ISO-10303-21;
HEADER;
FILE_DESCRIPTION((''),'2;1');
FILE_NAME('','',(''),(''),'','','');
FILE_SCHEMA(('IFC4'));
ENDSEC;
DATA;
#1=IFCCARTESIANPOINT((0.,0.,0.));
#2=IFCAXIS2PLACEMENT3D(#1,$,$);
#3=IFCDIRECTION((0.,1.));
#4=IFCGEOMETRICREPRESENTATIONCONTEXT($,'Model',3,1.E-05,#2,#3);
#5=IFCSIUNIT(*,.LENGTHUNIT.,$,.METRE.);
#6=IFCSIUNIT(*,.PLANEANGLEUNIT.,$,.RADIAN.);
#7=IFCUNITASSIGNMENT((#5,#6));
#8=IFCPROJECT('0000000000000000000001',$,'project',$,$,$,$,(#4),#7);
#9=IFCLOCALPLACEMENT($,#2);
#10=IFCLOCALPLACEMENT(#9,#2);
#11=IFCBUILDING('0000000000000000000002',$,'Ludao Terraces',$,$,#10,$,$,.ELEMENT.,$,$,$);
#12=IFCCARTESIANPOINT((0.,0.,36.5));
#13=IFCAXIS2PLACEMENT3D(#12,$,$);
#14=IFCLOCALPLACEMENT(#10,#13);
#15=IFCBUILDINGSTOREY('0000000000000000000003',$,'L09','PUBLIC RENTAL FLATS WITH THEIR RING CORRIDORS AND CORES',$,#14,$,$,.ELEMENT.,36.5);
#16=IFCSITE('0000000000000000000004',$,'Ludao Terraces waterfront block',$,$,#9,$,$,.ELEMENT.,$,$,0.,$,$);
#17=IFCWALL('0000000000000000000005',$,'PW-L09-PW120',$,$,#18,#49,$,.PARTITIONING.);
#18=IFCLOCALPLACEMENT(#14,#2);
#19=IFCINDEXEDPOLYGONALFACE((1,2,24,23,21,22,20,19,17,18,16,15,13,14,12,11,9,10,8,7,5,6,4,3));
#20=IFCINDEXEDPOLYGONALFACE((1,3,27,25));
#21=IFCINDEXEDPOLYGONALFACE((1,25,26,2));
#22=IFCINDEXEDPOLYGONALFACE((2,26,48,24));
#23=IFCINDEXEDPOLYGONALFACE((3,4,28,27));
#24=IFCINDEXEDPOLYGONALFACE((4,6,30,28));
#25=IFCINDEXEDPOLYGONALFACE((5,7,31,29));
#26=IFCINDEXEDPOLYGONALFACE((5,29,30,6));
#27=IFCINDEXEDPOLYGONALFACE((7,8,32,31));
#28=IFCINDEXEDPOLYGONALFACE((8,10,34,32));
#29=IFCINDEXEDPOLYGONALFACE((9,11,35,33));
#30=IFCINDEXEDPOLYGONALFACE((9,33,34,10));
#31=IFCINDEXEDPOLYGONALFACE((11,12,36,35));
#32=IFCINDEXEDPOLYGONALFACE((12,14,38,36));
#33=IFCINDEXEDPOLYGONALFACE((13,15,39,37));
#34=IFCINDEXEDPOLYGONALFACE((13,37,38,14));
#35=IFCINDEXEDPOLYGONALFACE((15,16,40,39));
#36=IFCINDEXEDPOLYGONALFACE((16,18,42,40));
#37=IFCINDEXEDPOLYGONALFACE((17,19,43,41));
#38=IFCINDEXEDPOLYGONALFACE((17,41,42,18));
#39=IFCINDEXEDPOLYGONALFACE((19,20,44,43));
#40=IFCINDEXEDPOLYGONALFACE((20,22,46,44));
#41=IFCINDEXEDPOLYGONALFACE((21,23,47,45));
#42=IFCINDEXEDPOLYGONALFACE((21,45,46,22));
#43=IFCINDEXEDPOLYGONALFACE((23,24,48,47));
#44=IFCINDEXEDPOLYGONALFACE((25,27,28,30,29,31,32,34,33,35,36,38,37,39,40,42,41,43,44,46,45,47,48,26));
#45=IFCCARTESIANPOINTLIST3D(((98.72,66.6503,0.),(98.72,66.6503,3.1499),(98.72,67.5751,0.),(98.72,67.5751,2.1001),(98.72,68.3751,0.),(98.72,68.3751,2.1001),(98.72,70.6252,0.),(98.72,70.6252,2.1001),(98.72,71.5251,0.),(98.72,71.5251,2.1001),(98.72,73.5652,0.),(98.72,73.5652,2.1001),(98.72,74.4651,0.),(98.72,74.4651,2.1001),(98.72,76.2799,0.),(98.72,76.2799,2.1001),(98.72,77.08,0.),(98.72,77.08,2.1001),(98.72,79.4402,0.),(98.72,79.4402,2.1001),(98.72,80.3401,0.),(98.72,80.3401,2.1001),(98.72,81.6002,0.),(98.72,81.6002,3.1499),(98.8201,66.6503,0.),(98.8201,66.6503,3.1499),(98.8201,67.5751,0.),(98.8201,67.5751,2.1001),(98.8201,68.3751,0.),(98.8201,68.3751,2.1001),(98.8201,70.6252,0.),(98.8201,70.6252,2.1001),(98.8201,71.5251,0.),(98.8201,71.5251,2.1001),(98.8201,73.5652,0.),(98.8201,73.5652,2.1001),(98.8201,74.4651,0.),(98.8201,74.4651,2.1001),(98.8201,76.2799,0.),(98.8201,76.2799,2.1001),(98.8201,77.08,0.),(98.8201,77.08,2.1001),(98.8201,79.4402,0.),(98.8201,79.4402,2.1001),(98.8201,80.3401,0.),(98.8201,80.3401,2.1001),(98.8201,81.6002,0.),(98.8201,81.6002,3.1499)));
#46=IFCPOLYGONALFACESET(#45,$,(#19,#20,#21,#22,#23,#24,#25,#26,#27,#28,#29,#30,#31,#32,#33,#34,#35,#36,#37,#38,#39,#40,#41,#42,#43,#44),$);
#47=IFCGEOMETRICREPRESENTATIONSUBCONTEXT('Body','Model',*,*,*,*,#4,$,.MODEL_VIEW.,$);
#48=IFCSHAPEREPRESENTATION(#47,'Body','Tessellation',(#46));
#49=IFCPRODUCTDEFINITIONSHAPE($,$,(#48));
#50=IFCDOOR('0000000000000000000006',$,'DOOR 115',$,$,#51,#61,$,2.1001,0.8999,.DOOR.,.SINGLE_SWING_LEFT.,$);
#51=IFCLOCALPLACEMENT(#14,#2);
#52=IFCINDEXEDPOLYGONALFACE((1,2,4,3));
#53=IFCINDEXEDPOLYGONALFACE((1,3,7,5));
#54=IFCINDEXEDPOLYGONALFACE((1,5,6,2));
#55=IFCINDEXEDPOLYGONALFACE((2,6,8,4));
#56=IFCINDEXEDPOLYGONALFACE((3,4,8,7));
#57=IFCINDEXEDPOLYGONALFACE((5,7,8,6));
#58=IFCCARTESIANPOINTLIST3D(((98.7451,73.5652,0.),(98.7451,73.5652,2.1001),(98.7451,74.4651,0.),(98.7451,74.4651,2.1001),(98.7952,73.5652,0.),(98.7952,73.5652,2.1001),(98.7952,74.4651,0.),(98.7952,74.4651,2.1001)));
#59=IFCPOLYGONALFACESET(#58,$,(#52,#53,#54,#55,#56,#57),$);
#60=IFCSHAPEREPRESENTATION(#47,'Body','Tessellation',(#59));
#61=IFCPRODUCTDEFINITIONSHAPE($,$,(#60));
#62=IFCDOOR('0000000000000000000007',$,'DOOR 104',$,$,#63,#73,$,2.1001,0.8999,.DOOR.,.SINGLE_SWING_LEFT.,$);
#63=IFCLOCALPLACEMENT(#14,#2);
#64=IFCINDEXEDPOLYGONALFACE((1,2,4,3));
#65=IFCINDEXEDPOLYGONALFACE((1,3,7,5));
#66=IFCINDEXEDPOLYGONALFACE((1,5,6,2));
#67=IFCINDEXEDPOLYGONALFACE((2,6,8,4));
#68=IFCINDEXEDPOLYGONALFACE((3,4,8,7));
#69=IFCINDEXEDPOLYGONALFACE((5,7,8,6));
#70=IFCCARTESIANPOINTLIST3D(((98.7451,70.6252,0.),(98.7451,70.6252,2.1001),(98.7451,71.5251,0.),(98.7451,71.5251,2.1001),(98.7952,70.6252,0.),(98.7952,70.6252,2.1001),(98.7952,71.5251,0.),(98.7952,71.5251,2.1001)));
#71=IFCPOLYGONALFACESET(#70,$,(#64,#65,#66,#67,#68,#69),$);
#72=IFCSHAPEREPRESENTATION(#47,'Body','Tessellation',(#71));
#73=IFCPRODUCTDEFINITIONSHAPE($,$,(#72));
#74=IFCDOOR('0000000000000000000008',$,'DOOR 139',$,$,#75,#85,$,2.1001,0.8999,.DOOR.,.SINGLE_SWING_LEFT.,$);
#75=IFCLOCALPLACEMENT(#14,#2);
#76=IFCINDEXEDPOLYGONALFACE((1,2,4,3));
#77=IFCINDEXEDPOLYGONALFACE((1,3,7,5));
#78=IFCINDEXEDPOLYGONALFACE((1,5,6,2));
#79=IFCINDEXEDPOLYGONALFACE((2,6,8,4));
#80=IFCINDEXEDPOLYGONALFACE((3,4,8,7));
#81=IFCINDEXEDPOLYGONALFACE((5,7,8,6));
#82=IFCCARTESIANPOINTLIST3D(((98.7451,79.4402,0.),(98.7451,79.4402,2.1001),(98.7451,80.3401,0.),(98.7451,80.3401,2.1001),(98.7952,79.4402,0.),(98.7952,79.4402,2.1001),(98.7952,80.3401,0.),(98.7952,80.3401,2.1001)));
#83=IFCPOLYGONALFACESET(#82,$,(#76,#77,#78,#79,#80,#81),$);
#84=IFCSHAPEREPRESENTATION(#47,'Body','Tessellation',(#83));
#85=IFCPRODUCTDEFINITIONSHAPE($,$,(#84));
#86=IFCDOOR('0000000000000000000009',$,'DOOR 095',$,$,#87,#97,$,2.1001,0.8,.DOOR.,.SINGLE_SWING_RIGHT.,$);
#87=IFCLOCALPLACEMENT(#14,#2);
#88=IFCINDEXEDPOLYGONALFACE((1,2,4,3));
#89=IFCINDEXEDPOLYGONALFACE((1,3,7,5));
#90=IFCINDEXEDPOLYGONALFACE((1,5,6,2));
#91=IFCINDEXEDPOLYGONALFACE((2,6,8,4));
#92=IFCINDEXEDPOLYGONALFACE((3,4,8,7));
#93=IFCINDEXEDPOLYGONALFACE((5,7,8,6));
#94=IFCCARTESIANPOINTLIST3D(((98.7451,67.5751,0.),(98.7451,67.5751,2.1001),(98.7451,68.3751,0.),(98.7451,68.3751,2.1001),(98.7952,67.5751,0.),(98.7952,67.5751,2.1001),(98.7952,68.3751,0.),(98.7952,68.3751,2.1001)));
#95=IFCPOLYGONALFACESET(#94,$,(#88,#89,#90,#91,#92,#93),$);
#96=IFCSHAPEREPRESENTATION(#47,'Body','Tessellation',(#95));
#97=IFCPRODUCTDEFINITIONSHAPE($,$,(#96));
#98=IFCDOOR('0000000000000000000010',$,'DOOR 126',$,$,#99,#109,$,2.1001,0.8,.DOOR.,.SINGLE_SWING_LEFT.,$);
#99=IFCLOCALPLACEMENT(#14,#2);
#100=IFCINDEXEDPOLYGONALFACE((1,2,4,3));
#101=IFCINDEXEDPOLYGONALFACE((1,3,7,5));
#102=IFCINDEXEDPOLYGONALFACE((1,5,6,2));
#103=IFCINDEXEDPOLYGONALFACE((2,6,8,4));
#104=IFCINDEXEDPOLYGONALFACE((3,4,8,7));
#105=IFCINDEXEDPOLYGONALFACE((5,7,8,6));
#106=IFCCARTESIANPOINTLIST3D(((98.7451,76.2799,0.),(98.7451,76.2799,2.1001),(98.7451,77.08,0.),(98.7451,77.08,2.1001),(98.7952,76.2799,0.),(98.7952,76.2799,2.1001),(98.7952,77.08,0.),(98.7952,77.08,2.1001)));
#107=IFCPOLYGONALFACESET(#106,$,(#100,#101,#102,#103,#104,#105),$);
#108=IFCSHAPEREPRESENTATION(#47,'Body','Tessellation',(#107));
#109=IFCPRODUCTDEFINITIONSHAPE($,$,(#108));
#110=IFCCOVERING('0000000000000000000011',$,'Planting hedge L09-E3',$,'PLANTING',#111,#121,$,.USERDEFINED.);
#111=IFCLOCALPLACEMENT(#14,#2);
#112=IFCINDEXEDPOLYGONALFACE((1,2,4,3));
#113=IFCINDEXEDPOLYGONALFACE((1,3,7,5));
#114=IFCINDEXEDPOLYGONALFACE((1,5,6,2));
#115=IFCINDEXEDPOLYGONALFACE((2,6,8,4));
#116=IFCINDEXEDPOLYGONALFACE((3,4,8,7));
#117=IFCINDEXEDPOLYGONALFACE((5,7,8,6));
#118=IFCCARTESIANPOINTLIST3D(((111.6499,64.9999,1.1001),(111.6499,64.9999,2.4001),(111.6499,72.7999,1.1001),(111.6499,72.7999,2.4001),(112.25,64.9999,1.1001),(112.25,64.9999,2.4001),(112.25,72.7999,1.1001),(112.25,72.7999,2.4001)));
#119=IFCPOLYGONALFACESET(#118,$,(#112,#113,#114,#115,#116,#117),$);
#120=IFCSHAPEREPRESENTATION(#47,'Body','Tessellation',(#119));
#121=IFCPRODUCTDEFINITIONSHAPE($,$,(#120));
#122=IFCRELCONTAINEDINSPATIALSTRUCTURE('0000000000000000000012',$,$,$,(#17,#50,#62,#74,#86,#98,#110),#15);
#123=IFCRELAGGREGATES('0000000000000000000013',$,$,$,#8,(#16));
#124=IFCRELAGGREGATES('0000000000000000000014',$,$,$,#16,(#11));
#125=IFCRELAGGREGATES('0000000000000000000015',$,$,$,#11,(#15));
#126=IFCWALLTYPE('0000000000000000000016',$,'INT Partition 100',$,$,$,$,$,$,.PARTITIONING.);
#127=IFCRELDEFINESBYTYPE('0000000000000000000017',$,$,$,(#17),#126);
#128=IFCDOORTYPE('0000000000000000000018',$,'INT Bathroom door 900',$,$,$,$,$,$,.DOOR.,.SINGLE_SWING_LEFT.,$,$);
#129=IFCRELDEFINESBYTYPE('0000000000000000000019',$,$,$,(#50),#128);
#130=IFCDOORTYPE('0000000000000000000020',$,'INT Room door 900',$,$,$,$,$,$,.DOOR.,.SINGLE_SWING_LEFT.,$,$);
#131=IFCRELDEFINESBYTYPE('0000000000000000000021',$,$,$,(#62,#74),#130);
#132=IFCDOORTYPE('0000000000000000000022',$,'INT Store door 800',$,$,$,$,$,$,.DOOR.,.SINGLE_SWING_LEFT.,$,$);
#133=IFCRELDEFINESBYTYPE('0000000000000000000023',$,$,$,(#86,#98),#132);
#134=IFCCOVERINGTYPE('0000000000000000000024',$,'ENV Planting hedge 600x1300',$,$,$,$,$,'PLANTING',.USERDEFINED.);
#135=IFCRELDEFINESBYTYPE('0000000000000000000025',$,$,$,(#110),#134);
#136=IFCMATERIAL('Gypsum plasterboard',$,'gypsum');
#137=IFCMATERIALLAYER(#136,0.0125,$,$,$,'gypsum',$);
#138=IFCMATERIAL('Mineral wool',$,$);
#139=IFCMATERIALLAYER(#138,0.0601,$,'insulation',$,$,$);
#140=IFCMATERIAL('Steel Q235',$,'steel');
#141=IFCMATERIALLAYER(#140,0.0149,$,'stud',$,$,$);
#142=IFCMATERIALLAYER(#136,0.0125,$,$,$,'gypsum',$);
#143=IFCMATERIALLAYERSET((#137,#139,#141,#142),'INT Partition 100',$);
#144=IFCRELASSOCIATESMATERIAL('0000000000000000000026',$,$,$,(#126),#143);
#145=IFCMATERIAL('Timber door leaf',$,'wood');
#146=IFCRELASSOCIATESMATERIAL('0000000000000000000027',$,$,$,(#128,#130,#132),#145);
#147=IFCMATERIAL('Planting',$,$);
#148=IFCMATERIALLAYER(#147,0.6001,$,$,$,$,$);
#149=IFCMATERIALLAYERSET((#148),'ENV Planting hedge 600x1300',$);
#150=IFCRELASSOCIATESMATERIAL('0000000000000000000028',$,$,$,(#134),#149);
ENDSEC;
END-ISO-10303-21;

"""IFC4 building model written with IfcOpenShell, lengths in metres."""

from ifc_helpers import new_model, si_unit, direction, frame, frame_2d, origin, origin_2d, place, context, subcontext, project, spatial, rectangle, extrude, material, layer, layer_set, type_object, element, fill, save


model = new_model("IFC4")

# Units and contexts
model_context = context("Model", 3, precision=1e-05, world=origin(), true_north=direction((0.0, 1.0)))
body_context = subcontext(model_context, "Body", "Model", "MODEL_VIEW")
ifc_project = project(units=[si_unit("LENGTHUNIT", "METRE"), si_unit("PLANEANGLEUNIT", "RADIAN")], contexts=[model_context])

# Site, building, storey
site_placement = place(None, origin())
site = spatial("IfcSite", under=ifc_project, at=site_placement, Name="Ludao Terraces waterfront block", CompositionType="ELEMENT", RefElevation=0.0)
building_placement = place(site_placement, origin())
building = spatial("IfcBuilding", under=site, at=building_placement, Name="Ludao Terraces", CompositionType="ELEMENT")
storey_placement = place(building_placement, frame((0.0, 0.0, 36.5)))
storey = spatial("IfcBuildingStorey", under=building, at=storey_placement, Name="L09", Description="PUBLIC RENTAL FLATS WITH THEIR RING CORRIDORS AND CORES", CompositionType="ELEMENT", Elevation=36.5)

# Shared definitions
ifc_material_1 = material(Name="Mineral wool")

# Shared definitions
ifc_material_2 = material(Name="Gypsum plasterboard", Category="gypsum")
ifc_layer_1 = layer(ifc_material_2, 0.0125, Category="gypsum")
ifc_layer_2 = layer(ifc_material_1, 0.0601, Name="insulation")
ifc_material_3 = material(Name="Steel Q235", Category="steel")
ifc_layer_3 = layer(ifc_material_3, 0.0149, Name="stud")
ifc_layer_4 = layer(ifc_material_2, 0.0125, Category="gypsum")
ifc_layer_set_1 = layer_set([ifc_layer_1, ifc_layer_2, ifc_layer_3, ifc_layer_4], Name="INT Partition 100")
wall_type_1 = type_object("IfcWallType", Name="INT Partition 100", PredefinedType="PARTITIONING", material=ifc_layer_set_1)

# Wall, openings, doors
wall_1_placement = place(storey_placement, frame((98.77, 66.6501, 0.0), z_axis=(0.0, 0.0, 1.0), x_axis=(0.0, 1.0, 0.0)))
wall_1 = element("IfcWall", 1, at=wall_1_placement, inside=storey, type_object=wall_type_1, Name="PW-L09-PW120", PredefinedType="PARTITIONING", context=body_context, shape_type="SweptSolid", body=[
    extrude(rectangle(XDim=14.95, YDim=0.1001, at=frame_2d((7.4751, 0.0))), origin(), (0.0, 0.0, 1.0), 3.1499),
])
opening_1_placement = place(wall_1_placement, frame((0.925, 0.0, 0.0)))
opening_1 = element("IfcOpeningElement", 2, at=opening_1_placement, cuts=wall_1, PredefinedType="OPENING", context=body_context, shape_type="SweptSolid", body=[
    extrude(rectangle(XDim=0.8, YDim=2.1001, at=frame_2d((0.3999, 1.05))), frame((0.0, 0.0601, 0.0), z_axis=(0.0, -1.0, 0.0), x_axis=(1.0, 0.0, 0.0)), (0.0, 0.0, 1.0), 0.1201),
])
opening_2_placement = place(wall_1_placement, frame((3.9751, 0.0, 0.0)))
opening_2 = element("IfcOpeningElement", 3, at=opening_2_placement, cuts=wall_1, PredefinedType="OPENING", context=body_context, shape_type="SweptSolid", body=[
    extrude(rectangle(XDim=0.8999, YDim=2.1001, at=frame_2d((0.45, 1.05))), frame((0.0, 0.0601, 0.0), z_axis=(0.0, -1.0, 0.0), x_axis=(1.0, 0.0, 0.0)), (0.0, 0.0, 1.0), 0.1201),
])
opening_3_placement = place(wall_1_placement, frame((6.915, 0.0, 0.0)))
opening_3 = element("IfcOpeningElement", 4, at=opening_3_placement, cuts=wall_1, PredefinedType="OPENING", context=body_context, shape_type="SweptSolid", body=[
    extrude(rectangle(XDim=0.8999, YDim=2.1001, at=frame_2d((0.45, 1.05))), frame((0.0, 0.0601, 0.0), z_axis=(0.0, -1.0, 0.0), x_axis=(1.0, 0.0, 0.0)), (0.0, 0.0, 1.0), 0.1201),
])
opening_4_placement = place(wall_1_placement, frame((9.6299, 0.0, 0.0)))
opening_4 = element("IfcOpeningElement", 5, at=opening_4_placement, cuts=wall_1, PredefinedType="OPENING", context=body_context, shape_type="SweptSolid", body=[
    extrude(rectangle(XDim=0.8, YDim=2.1001, at=frame_2d((0.3999, 1.05))), frame((0.0, 0.0601, 0.0), z_axis=(0.0, -1.0, 0.0), x_axis=(1.0, 0.0, 0.0)), (0.0, 0.0, 1.0), 0.1201),
])
opening_5_placement = place(wall_1_placement, frame((12.79, 0.0, 0.0)))
opening_5 = element("IfcOpeningElement", 6, at=opening_5_placement, cuts=wall_1, PredefinedType="OPENING", context=body_context, shape_type="SweptSolid", body=[
    extrude(rectangle(XDim=0.8999, YDim=2.1001, at=frame_2d((0.45, 1.05))), frame((0.0, 0.0601, 0.0), z_axis=(0.0, -1.0, 0.0), x_axis=(1.0, 0.0, 0.0)), (0.0, 0.0, 1.0), 0.1201),
])
ifc_material_4 = material(Name="Timber door leaf", Category="wood")
door_type_1 = type_object("IfcDoorType", Name="INT Bathroom door 900", OperationType="SINGLE_SWING_LEFT", PredefinedType="DOOR", material=ifc_material_4)
door_1_placement = place(opening_3_placement, origin())
door_1 = element("IfcDoor", 7, at=door_1_placement, inside=storey, type_object=door_type_1, Name="DOOR 115", OperationType="SINGLE_SWING_LEFT", OverallHeight=2.1001, OverallWidth=0.8999, PredefinedType="DOOR", context=body_context, shape_type="SweptSolid", body=[
    extrude(rectangle(XDim=0.8999, YDim=2.1001, at=frame_2d((0.45, 1.05))), frame((0.0, 0.0249, 0.0), z_axis=(0.0, -1.0, 0.0), x_axis=(1.0, 0.0, 0.0)), (0.0, 0.0, 1.0), 0.05),
])
fill(opening_3, door_1)
door_type_2 = type_object("IfcDoorType", Name="INT Room door 900", OperationType="SINGLE_SWING_LEFT", PredefinedType="DOOR", material=ifc_material_4)
door_2_placement = place(opening_2_placement, origin())
door_2 = element("IfcDoor", 8, at=door_2_placement, inside=storey, type_object=door_type_2, Name="DOOR 104", OperationType="SINGLE_SWING_LEFT", OverallHeight=2.1001, OverallWidth=0.8999, PredefinedType="DOOR", context=body_context, shape_type="SweptSolid", body=[
    extrude(rectangle(XDim=0.8999, YDim=2.1001, at=frame_2d((0.45, 1.05))), frame((0.0, 0.0249, 0.0), z_axis=(0.0, -1.0, 0.0), x_axis=(1.0, 0.0, 0.0)), (0.0, 0.0, 1.0), 0.05),
])
fill(opening_2, door_2)
door_3_placement = place(opening_5_placement, origin())
door_3 = element("IfcDoor", 9, at=door_3_placement, inside=storey, type_object=door_type_2, Name="DOOR 139", OperationType="SINGLE_SWING_LEFT", OverallHeight=2.1001, OverallWidth=0.8999, PredefinedType="DOOR", context=body_context, shape_type="SweptSolid", body=[
    extrude(rectangle(XDim=0.8999, YDim=2.1001, at=frame_2d((0.45, 1.05))), frame((0.0, 0.0249, 0.0), z_axis=(0.0, -1.0, 0.0), x_axis=(1.0, 0.0, 0.0)), (0.0, 0.0, 1.0), 0.05),
])
fill(opening_5, door_3)
door_type_3 = type_object("IfcDoorType", Name="INT Store door 800", OperationType="SINGLE_SWING_LEFT", PredefinedType="DOOR", material=ifc_material_4)
door_4_placement = place(opening_1_placement, origin())
door_4 = element("IfcDoor", 10, at=door_4_placement, inside=storey, type_object=door_type_3, Name="DOOR 095", OperationType="SINGLE_SWING_RIGHT", OverallHeight=2.1001, OverallWidth=0.8, PredefinedType="DOOR", context=body_context, shape_type="SweptSolid", body=[
    extrude(rectangle(XDim=0.8, YDim=2.1001, at=frame_2d((0.3999, 1.05))), frame((0.0, 0.0249, 0.0), z_axis=(0.0, -1.0, 0.0), x_axis=(1.0, 0.0, 0.0)), (0.0, 0.0, 1.0), 0.05),
])
fill(opening_1, door_4)
door_5_placement = place(opening_4_placement, origin())
door_5 = element("IfcDoor", 11, at=door_5_placement, inside=storey, type_object=door_type_3, Name="DOOR 126", OperationType="SINGLE_SWING_LEFT", OverallHeight=2.1001, OverallWidth=0.8, PredefinedType="DOOR", context=body_context, shape_type="SweptSolid", body=[
    extrude(rectangle(XDim=0.8, YDim=2.1001, at=frame_2d((0.3999, 1.05))), frame((0.0, 0.0249, 0.0), z_axis=(0.0, -1.0, 0.0), x_axis=(1.0, 0.0, 0.0)), (0.0, 0.0, 1.0), 0.05),
])
fill(opening_4, door_5)

# Covering
ifc_material_5 = material(Name="Planting")
ifc_layer_5 = layer(ifc_material_5, 0.6001)
ifc_layer_set_2 = layer_set([ifc_layer_5], Name="ENV Planting hedge 600x1300")
covering_type = type_object("IfcCoveringType", Name="ENV Planting hedge 600x1300", ElementType="PLANTING", PredefinedType="USERDEFINED", material=ifc_layer_set_2)
covering_placement = place(storey_placement, frame((111.95, 68.8999, 1.1001), z_axis=(0.0, 0.0, 1.0), x_axis=(1.0, 0.0, 0.0)))
element("IfcCovering", 12, at=covering_placement, inside=storey, type_object=covering_type, Name="Planting hedge L09-E3", ObjectType="PLANTING", PredefinedType="USERDEFINED", context=body_context, shape_type="SweptSolid", body=[
    extrude(rectangle(XDim=0.6001, YDim=7.8, at=origin_2d()), origin(), (0.0, 0.0, 1.0), 1.3),
])

save(model, "model.ifc")
